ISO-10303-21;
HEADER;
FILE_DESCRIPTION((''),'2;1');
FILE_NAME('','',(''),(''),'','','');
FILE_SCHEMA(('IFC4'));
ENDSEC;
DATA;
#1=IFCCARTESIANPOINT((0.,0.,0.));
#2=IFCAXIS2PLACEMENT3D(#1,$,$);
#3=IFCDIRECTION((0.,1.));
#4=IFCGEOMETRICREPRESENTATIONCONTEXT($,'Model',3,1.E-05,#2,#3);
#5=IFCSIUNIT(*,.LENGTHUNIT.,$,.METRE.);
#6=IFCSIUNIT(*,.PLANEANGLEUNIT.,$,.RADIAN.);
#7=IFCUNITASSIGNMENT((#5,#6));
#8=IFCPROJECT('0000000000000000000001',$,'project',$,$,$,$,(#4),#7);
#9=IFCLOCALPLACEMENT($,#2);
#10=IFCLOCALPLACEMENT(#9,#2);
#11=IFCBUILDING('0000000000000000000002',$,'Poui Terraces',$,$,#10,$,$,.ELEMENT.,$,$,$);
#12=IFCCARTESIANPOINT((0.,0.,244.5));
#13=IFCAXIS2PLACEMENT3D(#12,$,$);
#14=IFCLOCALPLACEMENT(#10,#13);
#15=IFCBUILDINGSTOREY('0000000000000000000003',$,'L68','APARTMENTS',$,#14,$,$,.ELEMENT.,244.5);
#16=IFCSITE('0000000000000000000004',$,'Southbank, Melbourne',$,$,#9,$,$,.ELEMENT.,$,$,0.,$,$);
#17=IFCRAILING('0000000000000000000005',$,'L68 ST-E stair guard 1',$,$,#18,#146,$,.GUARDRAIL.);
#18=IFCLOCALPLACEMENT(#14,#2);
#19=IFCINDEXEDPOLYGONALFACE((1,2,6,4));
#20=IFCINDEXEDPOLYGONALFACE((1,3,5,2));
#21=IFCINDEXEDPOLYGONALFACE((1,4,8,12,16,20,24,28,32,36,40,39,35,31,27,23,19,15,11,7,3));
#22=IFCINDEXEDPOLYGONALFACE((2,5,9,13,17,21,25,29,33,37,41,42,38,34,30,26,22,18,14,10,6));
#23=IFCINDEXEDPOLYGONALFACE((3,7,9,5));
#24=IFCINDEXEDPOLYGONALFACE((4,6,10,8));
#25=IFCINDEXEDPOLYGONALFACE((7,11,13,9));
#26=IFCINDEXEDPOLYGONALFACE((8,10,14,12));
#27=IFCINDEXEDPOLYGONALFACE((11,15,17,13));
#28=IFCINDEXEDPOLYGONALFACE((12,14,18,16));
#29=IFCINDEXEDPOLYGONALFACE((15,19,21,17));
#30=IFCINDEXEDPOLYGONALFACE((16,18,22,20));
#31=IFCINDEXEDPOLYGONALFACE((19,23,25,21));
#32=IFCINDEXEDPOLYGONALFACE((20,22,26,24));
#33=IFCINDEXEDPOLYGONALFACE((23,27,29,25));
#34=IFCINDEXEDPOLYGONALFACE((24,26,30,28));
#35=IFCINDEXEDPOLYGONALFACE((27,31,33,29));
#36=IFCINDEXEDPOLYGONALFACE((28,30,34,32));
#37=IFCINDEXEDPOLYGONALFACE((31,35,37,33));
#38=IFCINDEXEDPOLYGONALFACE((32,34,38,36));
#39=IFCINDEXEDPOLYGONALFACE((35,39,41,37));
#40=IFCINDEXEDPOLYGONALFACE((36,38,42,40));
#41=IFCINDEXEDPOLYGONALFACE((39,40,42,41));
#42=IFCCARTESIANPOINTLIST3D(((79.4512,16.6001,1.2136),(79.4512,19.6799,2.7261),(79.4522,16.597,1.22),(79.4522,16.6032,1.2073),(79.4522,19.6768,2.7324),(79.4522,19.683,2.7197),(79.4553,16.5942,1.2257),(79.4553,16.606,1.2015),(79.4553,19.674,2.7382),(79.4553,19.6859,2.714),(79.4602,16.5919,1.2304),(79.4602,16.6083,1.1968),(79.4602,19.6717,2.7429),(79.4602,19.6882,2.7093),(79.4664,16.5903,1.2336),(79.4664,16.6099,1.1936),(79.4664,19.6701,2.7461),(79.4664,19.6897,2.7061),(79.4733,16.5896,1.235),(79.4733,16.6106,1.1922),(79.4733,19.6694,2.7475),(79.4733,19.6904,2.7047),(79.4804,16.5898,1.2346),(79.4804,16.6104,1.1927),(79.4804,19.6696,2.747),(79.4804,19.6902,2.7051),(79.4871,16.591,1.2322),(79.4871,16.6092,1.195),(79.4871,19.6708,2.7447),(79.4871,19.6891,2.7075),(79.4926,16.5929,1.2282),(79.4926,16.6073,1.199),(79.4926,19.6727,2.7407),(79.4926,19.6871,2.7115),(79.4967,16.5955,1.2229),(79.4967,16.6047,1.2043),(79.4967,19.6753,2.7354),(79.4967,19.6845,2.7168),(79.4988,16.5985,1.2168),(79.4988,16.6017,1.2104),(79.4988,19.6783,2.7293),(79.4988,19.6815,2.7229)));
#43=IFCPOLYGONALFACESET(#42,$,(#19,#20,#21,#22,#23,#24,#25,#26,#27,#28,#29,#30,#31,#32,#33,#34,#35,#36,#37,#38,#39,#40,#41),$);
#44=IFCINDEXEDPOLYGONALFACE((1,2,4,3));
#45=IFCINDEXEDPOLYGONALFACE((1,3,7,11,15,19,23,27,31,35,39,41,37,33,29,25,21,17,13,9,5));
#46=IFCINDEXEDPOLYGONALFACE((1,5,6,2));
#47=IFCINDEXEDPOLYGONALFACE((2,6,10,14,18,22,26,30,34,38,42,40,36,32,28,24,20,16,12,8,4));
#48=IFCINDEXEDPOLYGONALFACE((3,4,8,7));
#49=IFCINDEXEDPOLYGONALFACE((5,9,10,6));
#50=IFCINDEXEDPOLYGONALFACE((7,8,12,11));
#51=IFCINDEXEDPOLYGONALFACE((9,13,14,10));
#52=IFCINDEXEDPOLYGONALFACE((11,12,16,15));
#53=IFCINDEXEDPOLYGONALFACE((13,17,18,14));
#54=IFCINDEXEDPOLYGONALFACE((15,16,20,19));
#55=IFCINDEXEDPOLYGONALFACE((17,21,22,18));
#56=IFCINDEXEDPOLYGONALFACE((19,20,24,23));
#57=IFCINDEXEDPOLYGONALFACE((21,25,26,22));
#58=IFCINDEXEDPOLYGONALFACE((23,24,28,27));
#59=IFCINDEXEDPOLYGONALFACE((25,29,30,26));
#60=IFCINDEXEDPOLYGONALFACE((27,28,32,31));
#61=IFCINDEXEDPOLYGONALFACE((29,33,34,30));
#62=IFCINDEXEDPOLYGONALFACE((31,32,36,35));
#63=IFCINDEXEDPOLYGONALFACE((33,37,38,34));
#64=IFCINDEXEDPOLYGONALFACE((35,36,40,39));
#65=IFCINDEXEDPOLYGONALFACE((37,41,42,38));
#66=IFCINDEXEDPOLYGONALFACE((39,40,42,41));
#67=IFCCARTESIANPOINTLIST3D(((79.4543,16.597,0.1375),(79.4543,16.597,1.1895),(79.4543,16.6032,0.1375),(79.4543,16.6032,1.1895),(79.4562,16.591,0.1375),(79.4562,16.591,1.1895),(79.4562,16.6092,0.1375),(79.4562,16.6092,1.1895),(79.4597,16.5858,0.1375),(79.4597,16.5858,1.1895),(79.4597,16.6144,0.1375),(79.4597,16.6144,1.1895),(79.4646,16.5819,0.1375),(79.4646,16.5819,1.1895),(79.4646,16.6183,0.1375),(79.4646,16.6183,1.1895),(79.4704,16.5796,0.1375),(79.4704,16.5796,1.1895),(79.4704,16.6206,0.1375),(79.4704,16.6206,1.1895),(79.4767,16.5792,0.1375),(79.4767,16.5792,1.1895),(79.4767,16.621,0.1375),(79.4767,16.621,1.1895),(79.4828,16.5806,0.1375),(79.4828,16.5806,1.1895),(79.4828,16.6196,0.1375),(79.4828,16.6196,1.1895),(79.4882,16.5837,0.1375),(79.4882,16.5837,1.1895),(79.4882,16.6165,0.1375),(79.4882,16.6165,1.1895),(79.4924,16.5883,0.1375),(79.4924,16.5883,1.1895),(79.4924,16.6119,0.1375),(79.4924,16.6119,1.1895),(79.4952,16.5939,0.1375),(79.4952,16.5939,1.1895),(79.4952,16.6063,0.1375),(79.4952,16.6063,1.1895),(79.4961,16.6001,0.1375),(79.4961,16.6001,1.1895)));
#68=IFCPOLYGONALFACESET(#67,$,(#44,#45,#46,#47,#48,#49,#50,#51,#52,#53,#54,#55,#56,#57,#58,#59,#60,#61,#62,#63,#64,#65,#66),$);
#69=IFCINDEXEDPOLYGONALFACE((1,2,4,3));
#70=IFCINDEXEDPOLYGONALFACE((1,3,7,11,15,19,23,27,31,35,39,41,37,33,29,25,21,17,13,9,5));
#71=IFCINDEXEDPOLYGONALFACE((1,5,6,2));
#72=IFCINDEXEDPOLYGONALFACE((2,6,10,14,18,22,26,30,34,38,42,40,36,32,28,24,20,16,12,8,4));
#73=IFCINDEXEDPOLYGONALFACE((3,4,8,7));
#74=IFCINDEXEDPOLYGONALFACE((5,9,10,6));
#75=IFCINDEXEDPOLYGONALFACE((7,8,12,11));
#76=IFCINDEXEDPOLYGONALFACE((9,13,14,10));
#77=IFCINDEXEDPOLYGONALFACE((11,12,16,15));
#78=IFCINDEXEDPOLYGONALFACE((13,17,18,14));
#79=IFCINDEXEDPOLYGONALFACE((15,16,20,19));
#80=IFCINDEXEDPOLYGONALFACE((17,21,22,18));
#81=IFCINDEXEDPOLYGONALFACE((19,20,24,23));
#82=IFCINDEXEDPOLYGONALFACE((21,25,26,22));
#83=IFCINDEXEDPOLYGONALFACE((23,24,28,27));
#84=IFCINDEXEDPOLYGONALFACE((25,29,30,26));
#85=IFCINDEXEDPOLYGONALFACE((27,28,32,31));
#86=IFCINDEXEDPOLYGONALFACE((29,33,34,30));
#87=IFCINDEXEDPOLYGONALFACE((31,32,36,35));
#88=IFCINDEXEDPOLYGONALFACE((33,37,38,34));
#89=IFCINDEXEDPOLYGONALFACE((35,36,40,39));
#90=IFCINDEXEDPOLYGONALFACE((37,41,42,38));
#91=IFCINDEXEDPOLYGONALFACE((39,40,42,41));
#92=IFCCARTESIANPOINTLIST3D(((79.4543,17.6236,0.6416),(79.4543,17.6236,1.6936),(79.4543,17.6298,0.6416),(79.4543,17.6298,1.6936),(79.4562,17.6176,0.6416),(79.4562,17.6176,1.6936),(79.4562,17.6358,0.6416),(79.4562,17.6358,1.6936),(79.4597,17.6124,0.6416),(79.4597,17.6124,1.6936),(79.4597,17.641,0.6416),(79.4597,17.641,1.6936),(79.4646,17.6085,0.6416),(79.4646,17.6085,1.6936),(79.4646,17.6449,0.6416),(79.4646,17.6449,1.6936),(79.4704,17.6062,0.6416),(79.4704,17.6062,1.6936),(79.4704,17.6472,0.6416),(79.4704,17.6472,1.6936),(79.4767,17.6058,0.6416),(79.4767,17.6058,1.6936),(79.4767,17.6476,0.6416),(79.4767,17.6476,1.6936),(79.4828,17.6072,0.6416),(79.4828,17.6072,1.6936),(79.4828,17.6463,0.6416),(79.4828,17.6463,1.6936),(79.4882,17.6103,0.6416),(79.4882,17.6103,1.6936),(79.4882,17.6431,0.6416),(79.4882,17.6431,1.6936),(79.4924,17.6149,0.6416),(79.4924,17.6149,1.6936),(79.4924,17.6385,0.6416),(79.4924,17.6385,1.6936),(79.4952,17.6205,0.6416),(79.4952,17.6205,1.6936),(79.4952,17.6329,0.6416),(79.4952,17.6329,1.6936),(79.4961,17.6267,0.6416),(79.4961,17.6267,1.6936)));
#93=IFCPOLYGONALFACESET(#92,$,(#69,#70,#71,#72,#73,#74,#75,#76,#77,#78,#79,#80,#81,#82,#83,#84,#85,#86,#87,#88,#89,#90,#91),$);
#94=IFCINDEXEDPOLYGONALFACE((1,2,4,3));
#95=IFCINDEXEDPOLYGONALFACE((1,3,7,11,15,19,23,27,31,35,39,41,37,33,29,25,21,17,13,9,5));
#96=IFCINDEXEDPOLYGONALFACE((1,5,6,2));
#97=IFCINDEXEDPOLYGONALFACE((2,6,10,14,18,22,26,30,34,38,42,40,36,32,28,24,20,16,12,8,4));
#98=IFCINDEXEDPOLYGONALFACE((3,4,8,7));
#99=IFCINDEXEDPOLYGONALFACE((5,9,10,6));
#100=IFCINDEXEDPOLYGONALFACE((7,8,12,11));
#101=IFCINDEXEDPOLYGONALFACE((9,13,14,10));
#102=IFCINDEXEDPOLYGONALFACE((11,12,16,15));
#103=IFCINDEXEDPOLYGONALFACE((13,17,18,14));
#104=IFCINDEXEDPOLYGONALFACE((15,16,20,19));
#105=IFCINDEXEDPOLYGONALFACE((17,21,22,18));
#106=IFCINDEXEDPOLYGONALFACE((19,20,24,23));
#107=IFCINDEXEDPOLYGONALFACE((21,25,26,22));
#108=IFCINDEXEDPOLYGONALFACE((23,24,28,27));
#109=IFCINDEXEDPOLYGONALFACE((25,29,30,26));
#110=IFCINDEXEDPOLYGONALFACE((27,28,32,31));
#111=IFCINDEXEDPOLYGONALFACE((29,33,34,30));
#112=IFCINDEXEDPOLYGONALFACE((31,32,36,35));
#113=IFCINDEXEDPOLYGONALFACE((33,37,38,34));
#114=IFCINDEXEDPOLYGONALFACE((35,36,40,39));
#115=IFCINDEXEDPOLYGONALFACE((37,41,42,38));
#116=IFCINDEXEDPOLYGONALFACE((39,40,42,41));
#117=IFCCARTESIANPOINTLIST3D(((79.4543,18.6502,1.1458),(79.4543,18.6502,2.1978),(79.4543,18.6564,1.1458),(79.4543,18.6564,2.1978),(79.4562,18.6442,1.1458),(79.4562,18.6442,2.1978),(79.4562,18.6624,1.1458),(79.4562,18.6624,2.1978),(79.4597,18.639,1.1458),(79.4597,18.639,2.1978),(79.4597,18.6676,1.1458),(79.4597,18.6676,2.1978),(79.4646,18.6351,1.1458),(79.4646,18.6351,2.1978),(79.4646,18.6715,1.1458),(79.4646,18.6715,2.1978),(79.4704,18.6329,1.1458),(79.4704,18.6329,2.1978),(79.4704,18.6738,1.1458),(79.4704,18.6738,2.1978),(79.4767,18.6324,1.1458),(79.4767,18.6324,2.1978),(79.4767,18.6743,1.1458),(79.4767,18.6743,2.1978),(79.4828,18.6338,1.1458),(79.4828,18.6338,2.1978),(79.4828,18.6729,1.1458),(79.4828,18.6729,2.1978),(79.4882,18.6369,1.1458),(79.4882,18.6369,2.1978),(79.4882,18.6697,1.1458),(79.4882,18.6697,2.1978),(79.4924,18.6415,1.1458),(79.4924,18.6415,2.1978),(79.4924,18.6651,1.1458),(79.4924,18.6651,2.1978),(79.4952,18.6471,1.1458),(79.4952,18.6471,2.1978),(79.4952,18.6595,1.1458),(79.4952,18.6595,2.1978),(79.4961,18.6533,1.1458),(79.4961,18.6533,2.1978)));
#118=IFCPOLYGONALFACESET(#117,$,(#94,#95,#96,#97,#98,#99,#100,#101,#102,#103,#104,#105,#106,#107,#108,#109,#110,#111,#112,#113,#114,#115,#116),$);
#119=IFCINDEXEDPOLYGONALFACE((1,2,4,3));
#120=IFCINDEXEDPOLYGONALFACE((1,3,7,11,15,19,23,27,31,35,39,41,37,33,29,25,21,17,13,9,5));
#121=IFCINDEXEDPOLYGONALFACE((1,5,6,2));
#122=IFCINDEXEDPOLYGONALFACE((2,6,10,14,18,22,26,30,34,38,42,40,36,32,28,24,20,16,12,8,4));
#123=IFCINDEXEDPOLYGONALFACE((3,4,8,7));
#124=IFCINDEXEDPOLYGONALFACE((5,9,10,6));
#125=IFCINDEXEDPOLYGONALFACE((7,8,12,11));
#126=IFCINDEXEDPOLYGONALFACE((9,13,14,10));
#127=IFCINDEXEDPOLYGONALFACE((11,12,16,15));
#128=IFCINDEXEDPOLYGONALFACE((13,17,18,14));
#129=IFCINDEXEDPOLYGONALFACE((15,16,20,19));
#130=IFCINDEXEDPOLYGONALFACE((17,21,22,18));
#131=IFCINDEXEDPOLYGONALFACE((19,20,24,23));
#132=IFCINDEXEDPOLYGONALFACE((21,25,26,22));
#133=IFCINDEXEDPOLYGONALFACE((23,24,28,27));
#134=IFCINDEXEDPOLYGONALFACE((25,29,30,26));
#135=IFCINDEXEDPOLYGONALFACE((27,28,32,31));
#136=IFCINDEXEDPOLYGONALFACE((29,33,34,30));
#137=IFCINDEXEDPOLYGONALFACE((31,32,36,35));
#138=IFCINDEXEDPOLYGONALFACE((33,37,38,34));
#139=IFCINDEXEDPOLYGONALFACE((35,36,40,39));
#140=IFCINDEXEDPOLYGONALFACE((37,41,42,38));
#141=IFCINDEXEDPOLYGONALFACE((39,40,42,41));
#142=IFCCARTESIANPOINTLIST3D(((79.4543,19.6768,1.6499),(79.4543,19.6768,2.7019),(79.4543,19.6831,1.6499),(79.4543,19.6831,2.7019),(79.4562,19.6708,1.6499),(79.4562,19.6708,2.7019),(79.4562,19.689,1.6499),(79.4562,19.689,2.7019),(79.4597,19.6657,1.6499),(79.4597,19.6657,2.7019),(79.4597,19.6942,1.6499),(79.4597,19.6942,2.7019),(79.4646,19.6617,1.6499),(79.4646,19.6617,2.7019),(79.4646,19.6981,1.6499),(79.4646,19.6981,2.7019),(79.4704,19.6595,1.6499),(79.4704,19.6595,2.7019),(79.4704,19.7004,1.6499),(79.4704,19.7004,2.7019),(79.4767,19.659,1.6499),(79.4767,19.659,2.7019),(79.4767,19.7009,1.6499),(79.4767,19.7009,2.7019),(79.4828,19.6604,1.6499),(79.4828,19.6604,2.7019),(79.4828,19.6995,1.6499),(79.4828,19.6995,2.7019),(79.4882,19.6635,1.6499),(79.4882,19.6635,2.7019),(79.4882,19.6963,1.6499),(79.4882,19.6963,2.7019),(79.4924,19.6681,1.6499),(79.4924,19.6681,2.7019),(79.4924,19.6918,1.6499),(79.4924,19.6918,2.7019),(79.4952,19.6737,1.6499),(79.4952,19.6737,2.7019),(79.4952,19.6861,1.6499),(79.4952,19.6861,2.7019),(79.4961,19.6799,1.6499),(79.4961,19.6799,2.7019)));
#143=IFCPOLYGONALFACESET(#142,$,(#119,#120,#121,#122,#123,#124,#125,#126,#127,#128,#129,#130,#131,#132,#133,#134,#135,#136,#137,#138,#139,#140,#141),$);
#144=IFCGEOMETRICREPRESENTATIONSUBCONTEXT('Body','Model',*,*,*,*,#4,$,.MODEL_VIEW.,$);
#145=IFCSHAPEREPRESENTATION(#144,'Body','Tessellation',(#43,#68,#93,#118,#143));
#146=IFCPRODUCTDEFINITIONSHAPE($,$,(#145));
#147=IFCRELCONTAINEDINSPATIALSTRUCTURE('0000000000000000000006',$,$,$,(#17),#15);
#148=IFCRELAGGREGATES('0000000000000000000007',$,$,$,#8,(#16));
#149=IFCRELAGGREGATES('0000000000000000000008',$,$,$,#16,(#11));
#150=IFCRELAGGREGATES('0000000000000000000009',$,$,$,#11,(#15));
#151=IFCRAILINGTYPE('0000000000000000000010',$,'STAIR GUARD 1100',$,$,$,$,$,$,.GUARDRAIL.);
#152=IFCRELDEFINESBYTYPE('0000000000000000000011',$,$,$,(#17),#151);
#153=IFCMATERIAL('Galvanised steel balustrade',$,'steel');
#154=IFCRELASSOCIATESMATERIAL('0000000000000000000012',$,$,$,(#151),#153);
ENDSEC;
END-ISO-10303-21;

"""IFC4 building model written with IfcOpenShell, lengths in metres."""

from ifc_helpers import new_model, si_unit, direction, frame, origin, origin_2d, place, context, subcontext, project, spatial, circle, extrude, material, type_object, element, save


model = new_model("IFC4")

# Units and contexts
model_context = context("Model", 3, precision=1e-05, world=origin(), true_north=direction((0.0, 1.0)))
body_context = subcontext(model_context, "Body", "Model", "MODEL_VIEW")
ifc_project = project(units=[si_unit("LENGTHUNIT", "METRE"), si_unit("PLANEANGLEUNIT", "RADIAN")], contexts=[model_context])

# Site, building, storey
site_placement = place(None, origin())
site = spatial("IfcSite", under=ifc_project, at=site_placement, Name="Southbank, Melbourne", CompositionType="ELEMENT", RefElevation=0.0)
building_placement = place(site_placement, origin())
building = spatial("IfcBuilding", under=site, at=building_placement, Name="Poui Terraces", CompositionType="ELEMENT")
storey_placement = place(building_placement, frame((0.0, 0.0, 244.5)))
storey = spatial("IfcBuildingStorey", under=building, at=storey_placement, Name="L68", Description="APARTMENTS", CompositionType="ELEMENT", Elevation=244.5)

# Railing
ifc_material_1 = material(Name="Galvanised steel balustrade", Category="steel")
railing_type_1 = type_object("IfcRailingType", Name="STAIR GUARD 1100", PredefinedType="GUARDRAIL", material=ifc_material_1)
railing_1_placement = place(storey_placement, frame((79.4751, 16.6001, 0.1375)))
element("IfcRailing", 1, at=railing_1_placement, inside=storey, type_object=railing_type_1, Name="L68 ST-E stair guard 1", PredefinedType="GUARDRAIL", context=body_context, shape_type="SweptSolid", body=[
    extrude(circle(Radius=0.0239, at=origin_2d()), frame((0.0, 0.0, 1.0762), z_axis=(0.0, 0.897606, 0.440798), x_axis=(-1.0, 0.0, 0.0)), (0.0, 0.0, 1.0), 3.4312),
    extrude(circle(Radius=0.021, at=origin_2d()), origin(), (0.0, 0.0, 1.0), 1.052),
    extrude(circle(Radius=0.021, at=origin_2d()), frame((0.0, 1.0266, 0.5042)), (0.0, 0.0, 1.0), 1.052),
    extrude(circle(Radius=0.021, at=origin_2d()), frame((0.0, 2.0532, 1.0083)), (0.0, 0.0, 1.0), 1.052),
    extrude(circle(Radius=0.021, at=origin_2d()), frame((0.0, 3.0798, 1.5125)), (0.0, 0.0, 1.0), 1.052),
])

save(model, "model.ifc")
